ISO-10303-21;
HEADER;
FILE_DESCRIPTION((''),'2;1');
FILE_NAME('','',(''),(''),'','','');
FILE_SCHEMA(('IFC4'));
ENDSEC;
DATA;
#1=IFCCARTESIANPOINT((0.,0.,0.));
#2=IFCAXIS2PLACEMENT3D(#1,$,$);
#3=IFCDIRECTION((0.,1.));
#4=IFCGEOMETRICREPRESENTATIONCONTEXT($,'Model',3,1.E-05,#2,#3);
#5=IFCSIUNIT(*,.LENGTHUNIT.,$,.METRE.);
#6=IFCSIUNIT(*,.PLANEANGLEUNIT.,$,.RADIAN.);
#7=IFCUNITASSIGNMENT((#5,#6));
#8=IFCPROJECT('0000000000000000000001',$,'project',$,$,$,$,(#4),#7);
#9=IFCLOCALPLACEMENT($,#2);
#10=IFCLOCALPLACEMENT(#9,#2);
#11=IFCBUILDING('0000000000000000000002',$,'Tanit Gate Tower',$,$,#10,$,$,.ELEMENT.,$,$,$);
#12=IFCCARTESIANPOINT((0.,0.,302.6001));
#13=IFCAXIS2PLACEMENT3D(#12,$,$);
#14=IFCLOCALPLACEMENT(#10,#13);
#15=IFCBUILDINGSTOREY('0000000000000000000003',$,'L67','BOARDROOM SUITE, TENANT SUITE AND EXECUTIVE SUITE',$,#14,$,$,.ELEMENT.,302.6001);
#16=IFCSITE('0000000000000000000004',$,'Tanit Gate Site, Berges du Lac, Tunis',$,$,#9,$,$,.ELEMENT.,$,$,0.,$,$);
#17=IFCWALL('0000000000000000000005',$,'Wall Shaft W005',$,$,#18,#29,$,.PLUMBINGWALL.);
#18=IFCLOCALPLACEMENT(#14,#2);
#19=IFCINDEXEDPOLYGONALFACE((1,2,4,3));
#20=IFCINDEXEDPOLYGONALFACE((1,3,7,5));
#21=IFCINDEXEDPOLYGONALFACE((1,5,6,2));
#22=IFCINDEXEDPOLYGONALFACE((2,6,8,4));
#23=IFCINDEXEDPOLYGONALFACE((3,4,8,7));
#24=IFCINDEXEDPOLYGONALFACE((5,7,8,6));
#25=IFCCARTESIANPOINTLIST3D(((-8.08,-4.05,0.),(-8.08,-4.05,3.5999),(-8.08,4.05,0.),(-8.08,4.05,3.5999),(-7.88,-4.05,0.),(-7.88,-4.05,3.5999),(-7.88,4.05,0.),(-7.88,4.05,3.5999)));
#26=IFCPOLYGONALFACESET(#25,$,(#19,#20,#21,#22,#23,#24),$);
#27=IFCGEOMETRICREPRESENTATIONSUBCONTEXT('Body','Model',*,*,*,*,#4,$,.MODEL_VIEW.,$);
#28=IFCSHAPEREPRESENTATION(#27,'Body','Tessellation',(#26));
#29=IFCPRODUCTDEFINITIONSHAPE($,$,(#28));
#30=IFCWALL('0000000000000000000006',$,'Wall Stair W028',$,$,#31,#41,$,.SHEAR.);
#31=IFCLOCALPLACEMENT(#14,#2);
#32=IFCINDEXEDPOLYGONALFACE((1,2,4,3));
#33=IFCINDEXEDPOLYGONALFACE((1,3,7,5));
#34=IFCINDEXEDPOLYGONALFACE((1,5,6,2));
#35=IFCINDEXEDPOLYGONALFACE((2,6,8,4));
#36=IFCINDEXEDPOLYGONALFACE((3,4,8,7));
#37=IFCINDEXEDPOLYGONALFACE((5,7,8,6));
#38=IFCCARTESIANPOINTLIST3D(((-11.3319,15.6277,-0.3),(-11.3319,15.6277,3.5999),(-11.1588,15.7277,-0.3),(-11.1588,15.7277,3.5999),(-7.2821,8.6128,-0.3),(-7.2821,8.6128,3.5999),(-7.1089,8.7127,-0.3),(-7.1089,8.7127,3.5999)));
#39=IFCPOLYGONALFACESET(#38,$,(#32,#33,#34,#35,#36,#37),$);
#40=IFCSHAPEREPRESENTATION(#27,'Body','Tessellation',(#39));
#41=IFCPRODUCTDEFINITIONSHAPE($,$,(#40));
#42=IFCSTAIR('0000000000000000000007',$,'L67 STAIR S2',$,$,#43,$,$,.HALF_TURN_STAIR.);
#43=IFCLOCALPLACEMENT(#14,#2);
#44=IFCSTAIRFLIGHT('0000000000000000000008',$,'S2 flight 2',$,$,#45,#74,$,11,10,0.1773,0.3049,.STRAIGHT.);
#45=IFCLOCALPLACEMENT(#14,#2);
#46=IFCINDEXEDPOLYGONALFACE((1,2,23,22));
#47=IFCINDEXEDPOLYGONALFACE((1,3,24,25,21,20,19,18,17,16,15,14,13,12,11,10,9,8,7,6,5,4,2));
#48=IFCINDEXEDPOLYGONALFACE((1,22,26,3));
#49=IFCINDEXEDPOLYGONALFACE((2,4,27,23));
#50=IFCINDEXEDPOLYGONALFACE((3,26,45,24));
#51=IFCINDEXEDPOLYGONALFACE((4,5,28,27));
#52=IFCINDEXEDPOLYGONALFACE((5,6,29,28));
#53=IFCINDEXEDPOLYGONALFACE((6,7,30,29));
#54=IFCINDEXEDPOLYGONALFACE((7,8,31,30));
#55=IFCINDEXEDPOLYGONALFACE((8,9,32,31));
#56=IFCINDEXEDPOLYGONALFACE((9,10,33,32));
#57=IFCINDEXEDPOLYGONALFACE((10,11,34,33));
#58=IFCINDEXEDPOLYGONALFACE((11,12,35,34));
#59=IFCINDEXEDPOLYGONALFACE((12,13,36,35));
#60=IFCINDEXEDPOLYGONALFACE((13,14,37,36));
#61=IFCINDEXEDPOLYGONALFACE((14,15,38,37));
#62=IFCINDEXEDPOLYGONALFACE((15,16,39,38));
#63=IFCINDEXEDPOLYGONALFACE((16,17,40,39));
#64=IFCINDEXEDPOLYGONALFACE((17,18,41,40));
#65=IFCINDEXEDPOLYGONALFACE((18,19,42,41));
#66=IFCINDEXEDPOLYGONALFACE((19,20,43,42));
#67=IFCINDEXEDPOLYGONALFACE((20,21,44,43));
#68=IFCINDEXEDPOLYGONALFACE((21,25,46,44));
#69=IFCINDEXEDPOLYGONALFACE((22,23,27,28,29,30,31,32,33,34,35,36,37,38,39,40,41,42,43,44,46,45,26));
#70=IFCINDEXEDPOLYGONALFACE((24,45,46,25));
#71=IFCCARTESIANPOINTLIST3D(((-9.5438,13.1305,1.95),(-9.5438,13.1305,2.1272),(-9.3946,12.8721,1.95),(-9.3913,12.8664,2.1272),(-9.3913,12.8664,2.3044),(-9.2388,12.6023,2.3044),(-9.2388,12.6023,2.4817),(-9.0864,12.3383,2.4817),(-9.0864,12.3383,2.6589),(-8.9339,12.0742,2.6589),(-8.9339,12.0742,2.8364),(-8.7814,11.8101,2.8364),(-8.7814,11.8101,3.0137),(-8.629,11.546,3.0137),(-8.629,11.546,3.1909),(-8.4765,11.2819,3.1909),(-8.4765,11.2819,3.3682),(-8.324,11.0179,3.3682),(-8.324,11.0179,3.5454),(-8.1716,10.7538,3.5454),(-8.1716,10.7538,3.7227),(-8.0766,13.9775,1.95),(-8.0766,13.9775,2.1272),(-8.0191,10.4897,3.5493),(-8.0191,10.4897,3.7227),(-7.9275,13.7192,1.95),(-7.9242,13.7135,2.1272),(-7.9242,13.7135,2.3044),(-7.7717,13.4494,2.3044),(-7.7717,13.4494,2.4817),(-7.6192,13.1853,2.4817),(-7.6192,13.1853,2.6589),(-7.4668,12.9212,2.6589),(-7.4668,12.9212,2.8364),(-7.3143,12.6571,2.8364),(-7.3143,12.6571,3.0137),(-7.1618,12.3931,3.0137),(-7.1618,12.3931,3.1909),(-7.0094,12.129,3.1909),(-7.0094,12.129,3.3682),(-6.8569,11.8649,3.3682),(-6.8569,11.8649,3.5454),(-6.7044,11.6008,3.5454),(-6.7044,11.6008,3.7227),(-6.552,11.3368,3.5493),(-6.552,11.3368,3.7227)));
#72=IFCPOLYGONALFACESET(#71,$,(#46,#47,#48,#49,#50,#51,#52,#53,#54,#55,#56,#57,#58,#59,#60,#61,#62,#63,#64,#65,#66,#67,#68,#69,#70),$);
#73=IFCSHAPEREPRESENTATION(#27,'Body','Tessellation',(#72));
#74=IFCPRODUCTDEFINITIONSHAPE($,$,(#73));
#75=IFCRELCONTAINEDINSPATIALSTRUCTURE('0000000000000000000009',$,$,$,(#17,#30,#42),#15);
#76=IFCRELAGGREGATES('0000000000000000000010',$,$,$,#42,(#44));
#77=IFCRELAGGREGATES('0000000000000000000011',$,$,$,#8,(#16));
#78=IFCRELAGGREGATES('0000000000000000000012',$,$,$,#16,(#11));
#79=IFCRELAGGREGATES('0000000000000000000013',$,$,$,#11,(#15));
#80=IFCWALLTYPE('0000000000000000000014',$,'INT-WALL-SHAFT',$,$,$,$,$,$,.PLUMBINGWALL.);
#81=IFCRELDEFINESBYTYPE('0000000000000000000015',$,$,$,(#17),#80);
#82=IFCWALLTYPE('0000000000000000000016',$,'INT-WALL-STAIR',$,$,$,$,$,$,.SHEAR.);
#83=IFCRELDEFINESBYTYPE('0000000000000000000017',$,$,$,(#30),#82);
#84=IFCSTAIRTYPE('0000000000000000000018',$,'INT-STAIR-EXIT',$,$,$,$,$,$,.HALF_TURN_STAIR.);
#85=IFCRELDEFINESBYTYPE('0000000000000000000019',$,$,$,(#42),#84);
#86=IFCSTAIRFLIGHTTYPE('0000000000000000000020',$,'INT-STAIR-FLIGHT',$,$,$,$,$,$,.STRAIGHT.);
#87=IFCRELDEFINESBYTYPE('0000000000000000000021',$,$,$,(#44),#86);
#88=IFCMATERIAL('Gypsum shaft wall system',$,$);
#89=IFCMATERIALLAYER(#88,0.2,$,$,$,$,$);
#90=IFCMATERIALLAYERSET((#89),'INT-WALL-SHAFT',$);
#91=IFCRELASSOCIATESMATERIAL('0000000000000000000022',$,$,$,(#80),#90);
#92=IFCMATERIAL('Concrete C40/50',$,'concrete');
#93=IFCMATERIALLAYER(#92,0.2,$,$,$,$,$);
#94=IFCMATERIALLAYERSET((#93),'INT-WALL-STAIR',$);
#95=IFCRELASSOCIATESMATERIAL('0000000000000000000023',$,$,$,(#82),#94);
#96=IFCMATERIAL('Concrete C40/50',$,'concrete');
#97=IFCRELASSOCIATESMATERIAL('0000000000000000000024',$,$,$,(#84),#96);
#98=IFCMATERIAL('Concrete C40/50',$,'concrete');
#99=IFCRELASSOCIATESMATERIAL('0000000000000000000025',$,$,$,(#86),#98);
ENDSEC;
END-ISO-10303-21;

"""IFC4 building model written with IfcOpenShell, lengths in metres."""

from ifc_helpers import new_model, si_unit, direction, frame, frame_2d, origin, place, context, subcontext, project, spatial, polyline, rectangle, outline, extrude, material, layer, layer_set, type_object, element, aggregate, save


model = new_model("IFC4")

# Units and contexts
model_context = context("Model", 3, precision=1e-05, world=origin(), true_north=direction((0.0, 1.0)))
body_context = subcontext(model_context, "Body", "Model", "MODEL_VIEW")
ifc_project = project(units=[si_unit("LENGTHUNIT", "METRE"), si_unit("PLANEANGLEUNIT", "RADIAN")], contexts=[model_context])

# Site, building, storey
site_placement = place(None, origin())
site = spatial("IfcSite", under=ifc_project, at=site_placement, Name="Tanit Gate Site, Berges du Lac, Tunis", CompositionType="ELEMENT", RefElevation=0.0)
building_placement = place(site_placement, origin())
building = spatial("IfcBuilding", under=site, at=building_placement, Name="Tanit Gate Tower", CompositionType="ELEMENT")
storey_placement = place(building_placement, frame((0.0, 0.0, 302.6001)))
storey = spatial("IfcBuildingStorey", under=building, at=storey_placement, Name="L67", Description="BOARDROOM SUITE, TENANT SUITE AND EXECUTIVE SUITE", CompositionType="ELEMENT", Elevation=302.6001)

# Walls
ifc_material_1 = material(Name="Gypsum shaft wall system")
ifc_layer_1 = layer(ifc_material_1, 0.2)
ifc_layer_set_1 = layer_set([ifc_layer_1], Name="INT-WALL-SHAFT")
wall_type_1 = type_object("IfcWallType", Name="INT-WALL-SHAFT", PredefinedType="PLUMBINGWALL", material=ifc_layer_set_1)
wall_1_placement = place(storey_placement, frame((-7.98, 4.05, 0.0), z_axis=(0.0, 0.0, 1.0), x_axis=(0.0, -1.0, 0.0)))
element("IfcWall", 1, at=wall_1_placement, inside=storey, type_object=wall_type_1, Name="Wall Shaft W005", PredefinedType="PLUMBINGWALL", context=body_context, shape_type="SweptSolid", body=[
    extrude(rectangle(XDim=8.1001, YDim=0.2, at=frame_2d((4.05, 0.0))), origin(), (0.0, 0.0, 1.0), 3.5999),
])
ifc_material_2 = material(Name="Concrete C40/50", Category="concrete")
ifc_layer_2 = layer(ifc_material_2, 0.2)
ifc_layer_set_2 = layer_set([ifc_layer_2], Name="INT-WALL-STAIR")
wall_type_2 = type_object("IfcWallType", Name="INT-WALL-STAIR", PredefinedType="SHEAR", material=ifc_layer_set_2)
wall_2_placement = place(storey_placement, frame((-11.2454, 15.6777, -0.3), z_axis=(0.0, 0.0, 1.0), x_axis=(0.499977, -0.866039, 0.0)))
element("IfcWall", 2, at=wall_2_placement, inside=storey, type_object=wall_type_2, Name="Wall Stair W028", PredefinedType="SHEAR", context=body_context, shape_type="SweptSolid", body=[
    extrude(rectangle(XDim=8.1001, YDim=0.2, at=frame_2d((4.05, 0.0))), origin(), (0.0, 0.0, 1.0), 3.8999),
])

# Stair, stair flight
ifc_material_3 = material(Name="Concrete C40/50", Category="concrete")
stair_type = type_object("IfcStairType", Name="INT-STAIR-EXIT", PredefinedType="HALF_TURN_STAIR", material=ifc_material_3)
stair_placement = place(storey_placement, origin())
stair = element("IfcStair", 3, at=stair_placement, inside=storey, type_object=stair_type, Name="L67 STAIR S2", PredefinedType="HALF_TURN_STAIR")
ifc_material_4 = material(Name="Concrete C40/50", Category="concrete")
stair_flight_type = type_object("IfcStairFlightType", Name="INT-STAIR-FLIGHT", PredefinedType="STRAIGHT", material=ifc_material_4)
stair_flight_placement = place(storey_placement, frame((-8.8103, 13.554, 1.95), z_axis=(0.0, 0.0, 1.0), x_axis=(0.5, -0.866025, 0.0)))
stair_flight = element("IfcStairFlight", 4, at=stair_flight_placement, type_object=stair_flight_type, Name="S2 flight 2", NumberOfRisers=11, NumberOfTreads=10, PredefinedType="STRAIGHT", RiserHeight=0.1773, TreadLength=0.3049, context=body_context, shape_type="SweptSolid", body=[
    extrude(outline(polyline([(0.0, 0.0), (0.0, 0.1772), (0.3049, 0.1772), (0.3049, 0.3545), (0.6099, 0.3545), (0.6099, 0.5317), (0.9148, 0.5317), (0.9148, 0.709), (1.2197, 0.709), (1.2197, 0.8865), (1.5247, 0.8865), (1.5247, 1.0637), (1.8296, 1.0637), (1.8296, 1.241), (2.1345, 1.241), (2.1345, 1.4182), (2.4395, 1.4182), (2.4395, 1.5955), (2.7444, 1.5955), (2.7444, 1.7727), (3.0493, 1.7727), (3.0493, 1.95), (3.0493, 1.5994), (0.2983, 0.0), (0.0, 0.0)])), frame((0.0, 0.8472, 0.0), z_axis=(0.0, -1.0, 0.0), x_axis=(1.0, 0.0, 0.0)), (0.0, 0.0, 1.0), 1.6941),
])
aggregate(stair, [stair_flight])

save(model, "model.ifc")
